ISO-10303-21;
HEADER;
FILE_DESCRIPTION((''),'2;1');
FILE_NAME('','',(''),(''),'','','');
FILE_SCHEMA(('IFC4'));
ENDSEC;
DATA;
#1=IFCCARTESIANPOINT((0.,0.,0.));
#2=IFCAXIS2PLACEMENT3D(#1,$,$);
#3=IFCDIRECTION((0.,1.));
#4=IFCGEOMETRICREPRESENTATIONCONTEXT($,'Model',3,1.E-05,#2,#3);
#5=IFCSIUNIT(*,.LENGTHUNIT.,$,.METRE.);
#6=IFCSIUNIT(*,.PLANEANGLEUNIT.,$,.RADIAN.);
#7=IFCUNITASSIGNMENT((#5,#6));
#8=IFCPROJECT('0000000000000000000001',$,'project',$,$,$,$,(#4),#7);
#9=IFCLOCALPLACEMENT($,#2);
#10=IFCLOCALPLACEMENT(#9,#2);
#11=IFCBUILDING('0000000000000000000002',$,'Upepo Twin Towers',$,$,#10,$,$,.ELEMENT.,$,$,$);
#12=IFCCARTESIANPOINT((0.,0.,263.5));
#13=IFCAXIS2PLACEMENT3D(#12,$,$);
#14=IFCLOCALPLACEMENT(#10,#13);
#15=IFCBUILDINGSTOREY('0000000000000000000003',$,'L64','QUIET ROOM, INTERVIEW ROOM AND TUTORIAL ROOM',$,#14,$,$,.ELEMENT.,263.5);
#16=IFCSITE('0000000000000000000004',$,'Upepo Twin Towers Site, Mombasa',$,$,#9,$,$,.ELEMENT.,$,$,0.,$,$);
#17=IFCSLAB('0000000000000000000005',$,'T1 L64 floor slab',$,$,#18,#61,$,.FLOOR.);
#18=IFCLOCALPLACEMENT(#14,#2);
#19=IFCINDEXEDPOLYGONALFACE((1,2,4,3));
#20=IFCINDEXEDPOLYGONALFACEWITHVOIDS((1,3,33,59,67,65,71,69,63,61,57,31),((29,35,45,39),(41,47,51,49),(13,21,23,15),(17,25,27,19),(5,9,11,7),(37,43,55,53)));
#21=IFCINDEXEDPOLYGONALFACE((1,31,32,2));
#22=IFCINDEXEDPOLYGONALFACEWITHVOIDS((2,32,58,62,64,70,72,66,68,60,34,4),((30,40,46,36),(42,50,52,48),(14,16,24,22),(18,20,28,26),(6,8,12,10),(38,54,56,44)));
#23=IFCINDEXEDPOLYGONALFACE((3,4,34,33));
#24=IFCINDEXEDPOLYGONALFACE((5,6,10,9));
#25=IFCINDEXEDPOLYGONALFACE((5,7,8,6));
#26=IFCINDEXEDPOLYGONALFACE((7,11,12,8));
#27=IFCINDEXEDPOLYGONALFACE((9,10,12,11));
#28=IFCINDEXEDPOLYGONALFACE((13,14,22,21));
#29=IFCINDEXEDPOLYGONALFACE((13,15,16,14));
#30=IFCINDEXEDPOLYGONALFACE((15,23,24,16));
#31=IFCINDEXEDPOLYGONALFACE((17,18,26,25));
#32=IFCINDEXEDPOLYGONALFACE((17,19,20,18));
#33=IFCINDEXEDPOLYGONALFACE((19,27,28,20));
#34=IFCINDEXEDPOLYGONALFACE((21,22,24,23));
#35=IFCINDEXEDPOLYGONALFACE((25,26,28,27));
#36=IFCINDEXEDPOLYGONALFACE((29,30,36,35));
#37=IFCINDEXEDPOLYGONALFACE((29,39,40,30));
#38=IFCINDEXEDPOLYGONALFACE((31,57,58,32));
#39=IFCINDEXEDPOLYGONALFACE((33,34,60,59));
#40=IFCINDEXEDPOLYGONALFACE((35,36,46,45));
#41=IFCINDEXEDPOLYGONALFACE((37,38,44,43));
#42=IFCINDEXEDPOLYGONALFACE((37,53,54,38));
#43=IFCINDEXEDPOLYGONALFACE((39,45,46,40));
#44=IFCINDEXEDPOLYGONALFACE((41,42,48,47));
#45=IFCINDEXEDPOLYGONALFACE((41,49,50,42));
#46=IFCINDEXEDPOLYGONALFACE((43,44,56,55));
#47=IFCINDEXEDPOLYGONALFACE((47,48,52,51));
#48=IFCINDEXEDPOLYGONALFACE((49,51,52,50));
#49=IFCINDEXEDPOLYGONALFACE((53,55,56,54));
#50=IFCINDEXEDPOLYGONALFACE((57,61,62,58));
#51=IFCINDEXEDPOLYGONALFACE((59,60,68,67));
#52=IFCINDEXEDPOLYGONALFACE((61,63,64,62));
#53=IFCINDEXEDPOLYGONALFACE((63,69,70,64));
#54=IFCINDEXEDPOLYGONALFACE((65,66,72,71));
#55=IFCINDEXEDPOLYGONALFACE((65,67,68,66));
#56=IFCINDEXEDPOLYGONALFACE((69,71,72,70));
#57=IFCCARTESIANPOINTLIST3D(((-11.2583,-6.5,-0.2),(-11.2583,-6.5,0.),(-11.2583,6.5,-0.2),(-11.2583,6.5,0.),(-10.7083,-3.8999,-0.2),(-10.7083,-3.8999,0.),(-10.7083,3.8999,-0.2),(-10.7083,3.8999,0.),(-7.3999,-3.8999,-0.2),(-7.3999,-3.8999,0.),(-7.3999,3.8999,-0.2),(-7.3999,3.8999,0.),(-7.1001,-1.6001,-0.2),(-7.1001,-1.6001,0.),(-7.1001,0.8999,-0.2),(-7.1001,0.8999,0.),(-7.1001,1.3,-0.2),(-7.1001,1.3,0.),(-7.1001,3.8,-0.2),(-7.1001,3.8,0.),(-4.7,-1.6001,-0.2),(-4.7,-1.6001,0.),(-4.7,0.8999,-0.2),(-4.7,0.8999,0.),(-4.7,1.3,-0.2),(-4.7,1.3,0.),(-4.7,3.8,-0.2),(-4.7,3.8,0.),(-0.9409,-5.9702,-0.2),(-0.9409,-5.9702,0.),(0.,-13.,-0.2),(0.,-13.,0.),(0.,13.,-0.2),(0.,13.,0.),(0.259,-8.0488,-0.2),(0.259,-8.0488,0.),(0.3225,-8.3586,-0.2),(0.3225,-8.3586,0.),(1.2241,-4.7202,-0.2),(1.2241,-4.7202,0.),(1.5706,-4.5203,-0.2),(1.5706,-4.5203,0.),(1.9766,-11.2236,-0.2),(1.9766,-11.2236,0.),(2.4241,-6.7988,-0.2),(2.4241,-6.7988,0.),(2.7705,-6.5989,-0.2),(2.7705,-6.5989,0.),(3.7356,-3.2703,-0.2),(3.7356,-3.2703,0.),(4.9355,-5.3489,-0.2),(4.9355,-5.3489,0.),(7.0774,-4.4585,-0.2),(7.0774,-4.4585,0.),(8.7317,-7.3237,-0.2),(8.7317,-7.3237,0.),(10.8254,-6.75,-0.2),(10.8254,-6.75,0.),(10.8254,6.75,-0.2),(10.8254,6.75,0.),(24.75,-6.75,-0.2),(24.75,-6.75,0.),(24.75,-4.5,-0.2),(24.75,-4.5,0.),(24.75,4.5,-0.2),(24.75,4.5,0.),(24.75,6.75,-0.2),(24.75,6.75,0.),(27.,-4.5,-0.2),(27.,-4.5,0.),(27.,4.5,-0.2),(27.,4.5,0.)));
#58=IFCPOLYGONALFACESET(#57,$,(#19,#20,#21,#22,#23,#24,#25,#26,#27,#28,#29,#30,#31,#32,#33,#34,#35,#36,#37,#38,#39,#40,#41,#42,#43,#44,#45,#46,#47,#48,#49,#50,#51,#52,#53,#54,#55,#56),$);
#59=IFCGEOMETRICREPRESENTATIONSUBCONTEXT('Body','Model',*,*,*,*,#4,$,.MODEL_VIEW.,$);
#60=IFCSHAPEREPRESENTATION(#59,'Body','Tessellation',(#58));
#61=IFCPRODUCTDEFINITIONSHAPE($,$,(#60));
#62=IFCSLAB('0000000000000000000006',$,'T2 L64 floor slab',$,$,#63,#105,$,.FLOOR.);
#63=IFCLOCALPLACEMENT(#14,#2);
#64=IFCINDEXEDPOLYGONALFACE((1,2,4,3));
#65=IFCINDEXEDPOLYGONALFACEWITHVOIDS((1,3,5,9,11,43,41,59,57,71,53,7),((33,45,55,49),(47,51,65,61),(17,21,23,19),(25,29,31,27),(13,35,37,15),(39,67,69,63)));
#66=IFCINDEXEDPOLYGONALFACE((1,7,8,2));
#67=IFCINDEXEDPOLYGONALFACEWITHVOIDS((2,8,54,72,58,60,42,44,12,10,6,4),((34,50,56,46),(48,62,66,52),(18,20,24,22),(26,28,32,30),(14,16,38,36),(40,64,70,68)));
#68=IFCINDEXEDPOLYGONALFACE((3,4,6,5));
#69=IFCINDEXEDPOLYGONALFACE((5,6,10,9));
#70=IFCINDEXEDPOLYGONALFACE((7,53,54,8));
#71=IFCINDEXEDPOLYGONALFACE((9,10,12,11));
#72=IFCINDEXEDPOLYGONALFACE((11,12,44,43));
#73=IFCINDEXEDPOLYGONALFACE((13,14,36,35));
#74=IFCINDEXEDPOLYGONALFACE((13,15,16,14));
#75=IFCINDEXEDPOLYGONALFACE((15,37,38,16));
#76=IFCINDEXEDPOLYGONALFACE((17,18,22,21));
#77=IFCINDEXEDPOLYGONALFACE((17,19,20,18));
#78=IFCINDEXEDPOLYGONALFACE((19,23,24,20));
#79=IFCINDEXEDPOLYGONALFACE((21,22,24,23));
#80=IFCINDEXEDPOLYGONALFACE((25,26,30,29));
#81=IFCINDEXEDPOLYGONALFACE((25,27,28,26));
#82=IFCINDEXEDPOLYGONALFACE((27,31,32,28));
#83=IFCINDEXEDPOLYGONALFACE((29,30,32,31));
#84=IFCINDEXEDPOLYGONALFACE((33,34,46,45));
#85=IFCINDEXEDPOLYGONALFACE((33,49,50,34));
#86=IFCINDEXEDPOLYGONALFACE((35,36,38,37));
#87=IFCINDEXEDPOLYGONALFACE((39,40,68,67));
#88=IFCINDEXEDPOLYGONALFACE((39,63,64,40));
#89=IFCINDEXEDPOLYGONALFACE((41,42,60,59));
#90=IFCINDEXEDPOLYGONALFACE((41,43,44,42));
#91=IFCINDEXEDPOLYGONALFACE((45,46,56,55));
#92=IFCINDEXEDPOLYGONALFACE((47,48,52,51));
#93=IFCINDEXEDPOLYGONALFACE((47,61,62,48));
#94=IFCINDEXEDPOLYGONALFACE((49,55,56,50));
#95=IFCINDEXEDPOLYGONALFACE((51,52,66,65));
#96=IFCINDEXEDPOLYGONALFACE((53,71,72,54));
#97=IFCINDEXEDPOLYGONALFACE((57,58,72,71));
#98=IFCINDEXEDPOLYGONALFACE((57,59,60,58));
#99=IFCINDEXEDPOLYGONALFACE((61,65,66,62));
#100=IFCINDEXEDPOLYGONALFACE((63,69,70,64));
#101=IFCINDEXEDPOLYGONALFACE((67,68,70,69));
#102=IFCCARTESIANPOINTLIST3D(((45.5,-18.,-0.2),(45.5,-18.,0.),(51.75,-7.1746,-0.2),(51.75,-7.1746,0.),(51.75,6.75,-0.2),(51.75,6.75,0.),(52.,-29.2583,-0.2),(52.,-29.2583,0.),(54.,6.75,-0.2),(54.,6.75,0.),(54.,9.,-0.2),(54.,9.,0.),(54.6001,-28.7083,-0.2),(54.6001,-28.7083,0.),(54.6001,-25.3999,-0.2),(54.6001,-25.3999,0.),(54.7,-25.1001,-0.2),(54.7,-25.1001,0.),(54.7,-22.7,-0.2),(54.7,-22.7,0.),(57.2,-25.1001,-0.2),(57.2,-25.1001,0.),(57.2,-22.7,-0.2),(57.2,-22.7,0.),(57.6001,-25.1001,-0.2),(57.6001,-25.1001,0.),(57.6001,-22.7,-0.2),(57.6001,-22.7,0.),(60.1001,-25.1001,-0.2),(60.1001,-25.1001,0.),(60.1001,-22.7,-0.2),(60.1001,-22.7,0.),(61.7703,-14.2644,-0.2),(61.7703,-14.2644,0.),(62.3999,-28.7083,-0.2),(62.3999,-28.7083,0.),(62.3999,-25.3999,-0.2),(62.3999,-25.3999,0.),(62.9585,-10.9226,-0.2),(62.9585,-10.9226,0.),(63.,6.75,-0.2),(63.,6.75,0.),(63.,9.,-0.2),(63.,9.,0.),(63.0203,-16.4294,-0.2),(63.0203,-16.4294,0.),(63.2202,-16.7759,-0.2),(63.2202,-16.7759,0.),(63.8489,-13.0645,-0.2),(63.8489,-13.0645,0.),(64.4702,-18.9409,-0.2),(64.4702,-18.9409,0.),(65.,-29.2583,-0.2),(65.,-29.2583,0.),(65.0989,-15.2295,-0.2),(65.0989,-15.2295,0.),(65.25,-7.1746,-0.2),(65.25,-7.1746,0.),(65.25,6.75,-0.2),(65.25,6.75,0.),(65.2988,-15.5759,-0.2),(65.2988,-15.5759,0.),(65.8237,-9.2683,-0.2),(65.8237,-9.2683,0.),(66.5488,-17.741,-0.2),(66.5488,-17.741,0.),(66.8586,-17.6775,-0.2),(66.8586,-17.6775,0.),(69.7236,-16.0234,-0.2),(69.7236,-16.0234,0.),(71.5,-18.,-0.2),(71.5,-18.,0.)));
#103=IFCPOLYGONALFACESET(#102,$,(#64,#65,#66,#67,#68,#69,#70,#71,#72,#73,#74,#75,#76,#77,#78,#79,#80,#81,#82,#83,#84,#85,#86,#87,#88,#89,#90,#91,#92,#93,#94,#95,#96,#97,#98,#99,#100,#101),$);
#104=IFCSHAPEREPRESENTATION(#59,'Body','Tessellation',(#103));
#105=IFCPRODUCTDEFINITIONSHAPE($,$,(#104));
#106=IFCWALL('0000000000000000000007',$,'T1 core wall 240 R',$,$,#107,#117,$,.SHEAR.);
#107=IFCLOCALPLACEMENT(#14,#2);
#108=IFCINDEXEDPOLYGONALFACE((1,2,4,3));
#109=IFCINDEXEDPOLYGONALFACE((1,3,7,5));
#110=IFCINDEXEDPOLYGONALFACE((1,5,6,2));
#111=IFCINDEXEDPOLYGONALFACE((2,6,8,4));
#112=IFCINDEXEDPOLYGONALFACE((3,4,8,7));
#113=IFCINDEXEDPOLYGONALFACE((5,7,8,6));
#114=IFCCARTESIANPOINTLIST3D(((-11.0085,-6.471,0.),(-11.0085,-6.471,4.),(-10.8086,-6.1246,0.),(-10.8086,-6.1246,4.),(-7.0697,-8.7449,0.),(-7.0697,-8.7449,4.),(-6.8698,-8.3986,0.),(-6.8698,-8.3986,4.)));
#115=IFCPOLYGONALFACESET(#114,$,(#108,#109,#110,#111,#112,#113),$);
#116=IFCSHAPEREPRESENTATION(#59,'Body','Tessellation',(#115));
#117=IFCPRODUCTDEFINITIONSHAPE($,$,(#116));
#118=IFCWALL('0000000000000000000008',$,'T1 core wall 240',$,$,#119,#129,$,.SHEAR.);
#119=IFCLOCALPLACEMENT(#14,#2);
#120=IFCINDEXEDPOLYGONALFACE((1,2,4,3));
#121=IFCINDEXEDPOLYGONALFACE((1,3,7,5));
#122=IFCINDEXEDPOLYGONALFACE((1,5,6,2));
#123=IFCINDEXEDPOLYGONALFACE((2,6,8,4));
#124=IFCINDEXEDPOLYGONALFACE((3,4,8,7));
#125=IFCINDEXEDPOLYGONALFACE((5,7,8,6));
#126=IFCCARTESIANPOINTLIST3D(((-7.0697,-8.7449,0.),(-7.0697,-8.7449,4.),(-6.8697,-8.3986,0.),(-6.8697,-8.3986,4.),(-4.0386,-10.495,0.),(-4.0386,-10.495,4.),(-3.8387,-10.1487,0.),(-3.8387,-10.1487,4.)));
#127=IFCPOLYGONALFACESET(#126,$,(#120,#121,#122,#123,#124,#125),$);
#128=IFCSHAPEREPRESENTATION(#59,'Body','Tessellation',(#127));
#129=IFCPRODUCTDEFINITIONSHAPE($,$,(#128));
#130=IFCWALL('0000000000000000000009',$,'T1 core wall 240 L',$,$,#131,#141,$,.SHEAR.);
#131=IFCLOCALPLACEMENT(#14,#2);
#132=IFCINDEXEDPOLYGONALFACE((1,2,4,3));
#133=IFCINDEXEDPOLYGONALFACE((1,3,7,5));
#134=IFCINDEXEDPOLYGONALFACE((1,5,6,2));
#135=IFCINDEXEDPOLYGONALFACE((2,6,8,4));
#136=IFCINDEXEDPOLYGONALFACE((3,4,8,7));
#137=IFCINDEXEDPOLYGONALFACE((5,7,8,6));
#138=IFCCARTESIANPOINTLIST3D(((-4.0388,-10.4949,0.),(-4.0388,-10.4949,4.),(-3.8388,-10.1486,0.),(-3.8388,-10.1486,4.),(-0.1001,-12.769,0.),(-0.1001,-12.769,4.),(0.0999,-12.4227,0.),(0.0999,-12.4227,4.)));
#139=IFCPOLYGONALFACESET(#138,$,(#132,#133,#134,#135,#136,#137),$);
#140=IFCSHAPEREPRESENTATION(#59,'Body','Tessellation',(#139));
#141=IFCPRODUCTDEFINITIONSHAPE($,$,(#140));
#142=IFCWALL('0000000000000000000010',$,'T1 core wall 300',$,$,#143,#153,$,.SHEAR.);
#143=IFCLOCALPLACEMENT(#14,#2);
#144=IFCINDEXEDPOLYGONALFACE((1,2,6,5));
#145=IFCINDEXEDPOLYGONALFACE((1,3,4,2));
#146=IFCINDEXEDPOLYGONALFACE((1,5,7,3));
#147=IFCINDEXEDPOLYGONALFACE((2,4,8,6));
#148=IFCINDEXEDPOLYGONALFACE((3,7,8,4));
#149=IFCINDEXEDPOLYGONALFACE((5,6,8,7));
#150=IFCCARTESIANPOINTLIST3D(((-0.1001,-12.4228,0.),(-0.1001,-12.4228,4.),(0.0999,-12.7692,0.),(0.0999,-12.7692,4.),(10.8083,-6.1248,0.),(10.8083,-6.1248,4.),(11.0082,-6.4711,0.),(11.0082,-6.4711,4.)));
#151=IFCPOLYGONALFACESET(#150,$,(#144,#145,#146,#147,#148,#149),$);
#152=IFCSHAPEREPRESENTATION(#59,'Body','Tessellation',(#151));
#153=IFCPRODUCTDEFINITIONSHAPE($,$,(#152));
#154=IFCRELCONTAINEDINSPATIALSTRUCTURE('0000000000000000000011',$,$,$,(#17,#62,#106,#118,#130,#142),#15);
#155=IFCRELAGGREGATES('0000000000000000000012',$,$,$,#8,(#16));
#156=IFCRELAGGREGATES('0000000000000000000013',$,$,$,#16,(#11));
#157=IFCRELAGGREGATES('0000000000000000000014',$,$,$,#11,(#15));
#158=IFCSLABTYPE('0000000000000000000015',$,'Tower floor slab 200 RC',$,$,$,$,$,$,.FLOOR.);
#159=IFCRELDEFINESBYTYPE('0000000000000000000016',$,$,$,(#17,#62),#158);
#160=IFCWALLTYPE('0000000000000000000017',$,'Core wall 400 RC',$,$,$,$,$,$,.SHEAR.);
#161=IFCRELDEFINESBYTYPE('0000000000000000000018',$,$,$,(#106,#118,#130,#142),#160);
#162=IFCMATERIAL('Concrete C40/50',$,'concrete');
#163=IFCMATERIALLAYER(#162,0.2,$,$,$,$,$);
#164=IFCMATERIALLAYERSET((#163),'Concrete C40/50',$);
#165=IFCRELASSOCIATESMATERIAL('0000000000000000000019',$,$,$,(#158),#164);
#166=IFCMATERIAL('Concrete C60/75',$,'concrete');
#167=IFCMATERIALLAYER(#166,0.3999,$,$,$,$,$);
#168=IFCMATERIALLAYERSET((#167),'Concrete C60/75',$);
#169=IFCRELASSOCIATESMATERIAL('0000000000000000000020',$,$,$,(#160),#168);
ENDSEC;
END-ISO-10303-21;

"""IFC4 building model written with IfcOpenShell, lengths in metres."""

from ifc_helpers import new_model, si_unit, direction, frame, frame_2d, origin, place, context, subcontext, project, spatial, polyline, rectangle, outline, extrude, material, layer, layer_set, type_object, element, save


model = new_model("IFC4")

# Units and contexts
model_context = context("Model", 3, precision=1e-05, world=origin(), true_north=direction((0.0, 1.0)))
body_context = subcontext(model_context, "Body", "Model", "MODEL_VIEW")
ifc_project = project(units=[si_unit("LENGTHUNIT", "METRE"), si_unit("PLANEANGLEUNIT", "RADIAN")], contexts=[model_context])

# Site, building, storey
site_placement = place(None, origin())
site = spatial("IfcSite", under=ifc_project, at=site_placement, Name="Upepo Twin Towers Site, Mombasa", CompositionType="ELEMENT", RefElevation=0.0)
building_placement = place(site_placement, origin())
building = spatial("IfcBuilding", under=site, at=building_placement, Name="Upepo Twin Towers", CompositionType="ELEMENT")
storey_placement = place(building_placement, frame((0.0, 0.0, 263.5)))
storey = spatial("IfcBuildingStorey", under=building, at=storey_placement, Name="L64", Description="QUIET ROOM, INTERVIEW ROOM AND TUTORIAL ROOM", CompositionType="ELEMENT", Elevation=263.5)

# Slabs
ifc_material_1 = material(Name="Concrete C40/50", Category="concrete")
ifc_layer_1 = layer(ifc_material_1, 0.2)
ifc_layer_set_1 = layer_set([ifc_layer_1], Name="Concrete C40/50")
slab_type = type_object("IfcSlabType", Name="Tower floor slab 200 RC", PredefinedType="FLOOR", material=ifc_layer_set_1)
slab_1_placement = place(storey_placement, frame((0.0, 0.0, -0.2)))
element("IfcSlab", 1, at=slab_1_placement, inside=storey, type_object=slab_type, Name="T1 L64 floor slab", PredefinedType="FLOOR", context=body_context, shape_type="SweptSolid", body=[
    extrude(outline(polyline([(0.0, -13.0), (-11.2583, -6.5), (-11.2583, 6.5), (0.0, 13.0), (10.8254, 6.75), (24.75, 6.75), (24.75, 4.5), (27.0, 4.5), (27.0, -4.5), (24.75, -4.5), (24.75, -6.75), (10.8254, -6.75), (0.0, -13.0)]), holes=[polyline([(-4.7, 3.8), (-7.1001, 3.8), (-7.1001, 1.3), (-4.7, 1.3), (-4.7, 3.8)]), polyline([(-4.7, 0.8999), (-7.1001, 0.8999), (-7.1001, -1.6001), (-4.7, -1.6001), (-4.7, 0.8999)]), polyline([(-7.3999, 3.8999), (-10.7083, 3.8999), (-10.7083, -3.8999), (-7.3999, -3.8999), (-7.3999, 3.8999)]), polyline([(-0.9409, -5.9702), (0.259, -8.0488), (2.4241, -6.7988), (1.2241, -4.7202), (-0.9409, -5.9702)]), polyline([(1.5706, -4.5203), (2.7705, -6.5989), (4.9355, -5.3489), (3.7356, -3.2703), (1.5706, -4.5203)]), polyline([(0.3225, -8.3586), (1.9766, -11.2236), (8.7317, -7.3237), (7.0774, -4.4585), (0.3225, -8.3586)])]), origin(), (0.0, 0.0, 1.0), 0.2),
])
slab_2_placement = place(storey_placement, frame((0.0, 0.0, -0.2)))
element("IfcSlab", 2, at=slab_2_placement, inside=storey, type_object=slab_type, Name="T2 L64 floor slab", PredefinedType="FLOOR", context=body_context, shape_type="SweptSolid", body=[
    extrude(outline(polyline([(71.5, -18.0), (65.0, -29.2583), (52.0, -29.2583), (45.5, -18.0), (51.75, -7.1746), (51.75, 6.75), (54.0, 6.75), (54.0, 9.0), (63.0, 9.0), (63.0, 6.75), (65.25, 6.75), (65.25, -7.1746), (71.5, -18.0)]), holes=[polyline([(54.7, -22.7), (54.7, -25.1001), (57.2, -25.1001), (57.2, -22.7), (54.7, -22.7)]), polyline([(57.6001, -22.7), (57.6001, -25.1001), (60.1001, -25.1001), (60.1001, -22.7), (57.6001, -22.7)]), polyline([(54.6001, -25.3999), (54.6001, -28.7083), (62.3999, -28.7083), (62.3999, -25.3999), (54.6001, -25.3999)]), polyline([(64.4702, -18.9409), (66.5488, -17.741), (65.2988, -15.5759), (63.2202, -16.7759), (64.4702, -18.9409)]), polyline([(63.0203, -16.4294), (65.0989, -15.2295), (63.8489, -13.0645), (61.7703, -14.2644), (63.0203, -16.4294)]), polyline([(66.8586, -17.6775), (69.7236, -16.0234), (65.8237, -9.2683), (62.9585, -10.9226), (66.8586, -17.6775)])]), origin(), (0.0, 0.0, 1.0), 0.2),
])

# Walls
ifc_material_2 = material(Name="Concrete C60/75", Category="concrete")
ifc_layer_2 = layer(ifc_material_2, 0.3999)
ifc_layer_set_2 = layer_set([ifc_layer_2], Name="Concrete C60/75")
wall_type_1 = type_object("IfcWallType", Name="Core wall 400 RC", PredefinedType="SHEAR", material=ifc_layer_set_2)
wall_1_placement = place(storey_placement, frame((-10.9084, -6.2979, 0.0), z_axis=(0.0, 0.0, 1.0), x_axis=(0.866035, -0.499984, 0.0)))
element("IfcWall", 3, at=wall_1_placement, inside=storey, type_object=wall_type_1, Name="T1 core wall 240 R", PredefinedType="SHEAR", context=body_context, shape_type="SweptSolid", body=[
    extrude(rectangle(XDim=4.5481, YDim=0.3999, at=frame_2d((2.2739, 0.0))), origin(), (0.0, 0.0, 1.0), 4.0),
])
wall_2_placement = place(storey_placement, frame((-6.9697, -8.5718, 0.0), z_axis=(0.0, 0.0, 1.0), x_axis=(0.866019, -0.50001, 0.0)))
element("IfcWall", 4, at=wall_2_placement, inside=storey, type_object=wall_type_1, Name="T1 core wall 240", PredefinedType="SHEAR", context=body_context, shape_type="SweptSolid", body=[
    extrude(rectangle(XDim=3.5, YDim=0.3999, at=frame_2d((1.75, 0.0))), origin(), (0.0, 0.0, 1.0), 4.0),
])
wall_3_placement = place(storey_placement, frame((-3.9387, -10.3218, 0.0), z_axis=(0.0, 0.0, 1.0), x_axis=(0.866011, -0.500024, 0.0)))
element("IfcWall", 5, at=wall_3_placement, inside=storey, type_object=wall_type_1, Name="T1 core wall 240 L", PredefinedType="SHEAR", context=body_context, shape_type="SweptSolid", body=[
    extrude(rectangle(XDim=4.5481, YDim=0.3999, at=frame_2d((2.2739, 0.0))), origin(), (0.0, 0.0, 1.0), 4.0),
])
wall_4_placement = place(storey_placement, frame((0.0, -12.5959, 0.0), z_axis=(0.0, 0.0, 1.0), x_axis=(0.866022, 0.500006, 0.0)))
element("IfcWall", 6, at=wall_4_placement, inside=storey, type_object=wall_type_1, Name="T1 core wall 300", PredefinedType="SHEAR", context=body_context, shape_type="SweptSolid", body=[
    extrude(rectangle(XDim=12.5959, YDim=0.3999, at=frame_2d((6.2979, 0.0))), origin(), (0.0, 0.0, 1.0), 4.0),
])

save(model, "model.ifc")
